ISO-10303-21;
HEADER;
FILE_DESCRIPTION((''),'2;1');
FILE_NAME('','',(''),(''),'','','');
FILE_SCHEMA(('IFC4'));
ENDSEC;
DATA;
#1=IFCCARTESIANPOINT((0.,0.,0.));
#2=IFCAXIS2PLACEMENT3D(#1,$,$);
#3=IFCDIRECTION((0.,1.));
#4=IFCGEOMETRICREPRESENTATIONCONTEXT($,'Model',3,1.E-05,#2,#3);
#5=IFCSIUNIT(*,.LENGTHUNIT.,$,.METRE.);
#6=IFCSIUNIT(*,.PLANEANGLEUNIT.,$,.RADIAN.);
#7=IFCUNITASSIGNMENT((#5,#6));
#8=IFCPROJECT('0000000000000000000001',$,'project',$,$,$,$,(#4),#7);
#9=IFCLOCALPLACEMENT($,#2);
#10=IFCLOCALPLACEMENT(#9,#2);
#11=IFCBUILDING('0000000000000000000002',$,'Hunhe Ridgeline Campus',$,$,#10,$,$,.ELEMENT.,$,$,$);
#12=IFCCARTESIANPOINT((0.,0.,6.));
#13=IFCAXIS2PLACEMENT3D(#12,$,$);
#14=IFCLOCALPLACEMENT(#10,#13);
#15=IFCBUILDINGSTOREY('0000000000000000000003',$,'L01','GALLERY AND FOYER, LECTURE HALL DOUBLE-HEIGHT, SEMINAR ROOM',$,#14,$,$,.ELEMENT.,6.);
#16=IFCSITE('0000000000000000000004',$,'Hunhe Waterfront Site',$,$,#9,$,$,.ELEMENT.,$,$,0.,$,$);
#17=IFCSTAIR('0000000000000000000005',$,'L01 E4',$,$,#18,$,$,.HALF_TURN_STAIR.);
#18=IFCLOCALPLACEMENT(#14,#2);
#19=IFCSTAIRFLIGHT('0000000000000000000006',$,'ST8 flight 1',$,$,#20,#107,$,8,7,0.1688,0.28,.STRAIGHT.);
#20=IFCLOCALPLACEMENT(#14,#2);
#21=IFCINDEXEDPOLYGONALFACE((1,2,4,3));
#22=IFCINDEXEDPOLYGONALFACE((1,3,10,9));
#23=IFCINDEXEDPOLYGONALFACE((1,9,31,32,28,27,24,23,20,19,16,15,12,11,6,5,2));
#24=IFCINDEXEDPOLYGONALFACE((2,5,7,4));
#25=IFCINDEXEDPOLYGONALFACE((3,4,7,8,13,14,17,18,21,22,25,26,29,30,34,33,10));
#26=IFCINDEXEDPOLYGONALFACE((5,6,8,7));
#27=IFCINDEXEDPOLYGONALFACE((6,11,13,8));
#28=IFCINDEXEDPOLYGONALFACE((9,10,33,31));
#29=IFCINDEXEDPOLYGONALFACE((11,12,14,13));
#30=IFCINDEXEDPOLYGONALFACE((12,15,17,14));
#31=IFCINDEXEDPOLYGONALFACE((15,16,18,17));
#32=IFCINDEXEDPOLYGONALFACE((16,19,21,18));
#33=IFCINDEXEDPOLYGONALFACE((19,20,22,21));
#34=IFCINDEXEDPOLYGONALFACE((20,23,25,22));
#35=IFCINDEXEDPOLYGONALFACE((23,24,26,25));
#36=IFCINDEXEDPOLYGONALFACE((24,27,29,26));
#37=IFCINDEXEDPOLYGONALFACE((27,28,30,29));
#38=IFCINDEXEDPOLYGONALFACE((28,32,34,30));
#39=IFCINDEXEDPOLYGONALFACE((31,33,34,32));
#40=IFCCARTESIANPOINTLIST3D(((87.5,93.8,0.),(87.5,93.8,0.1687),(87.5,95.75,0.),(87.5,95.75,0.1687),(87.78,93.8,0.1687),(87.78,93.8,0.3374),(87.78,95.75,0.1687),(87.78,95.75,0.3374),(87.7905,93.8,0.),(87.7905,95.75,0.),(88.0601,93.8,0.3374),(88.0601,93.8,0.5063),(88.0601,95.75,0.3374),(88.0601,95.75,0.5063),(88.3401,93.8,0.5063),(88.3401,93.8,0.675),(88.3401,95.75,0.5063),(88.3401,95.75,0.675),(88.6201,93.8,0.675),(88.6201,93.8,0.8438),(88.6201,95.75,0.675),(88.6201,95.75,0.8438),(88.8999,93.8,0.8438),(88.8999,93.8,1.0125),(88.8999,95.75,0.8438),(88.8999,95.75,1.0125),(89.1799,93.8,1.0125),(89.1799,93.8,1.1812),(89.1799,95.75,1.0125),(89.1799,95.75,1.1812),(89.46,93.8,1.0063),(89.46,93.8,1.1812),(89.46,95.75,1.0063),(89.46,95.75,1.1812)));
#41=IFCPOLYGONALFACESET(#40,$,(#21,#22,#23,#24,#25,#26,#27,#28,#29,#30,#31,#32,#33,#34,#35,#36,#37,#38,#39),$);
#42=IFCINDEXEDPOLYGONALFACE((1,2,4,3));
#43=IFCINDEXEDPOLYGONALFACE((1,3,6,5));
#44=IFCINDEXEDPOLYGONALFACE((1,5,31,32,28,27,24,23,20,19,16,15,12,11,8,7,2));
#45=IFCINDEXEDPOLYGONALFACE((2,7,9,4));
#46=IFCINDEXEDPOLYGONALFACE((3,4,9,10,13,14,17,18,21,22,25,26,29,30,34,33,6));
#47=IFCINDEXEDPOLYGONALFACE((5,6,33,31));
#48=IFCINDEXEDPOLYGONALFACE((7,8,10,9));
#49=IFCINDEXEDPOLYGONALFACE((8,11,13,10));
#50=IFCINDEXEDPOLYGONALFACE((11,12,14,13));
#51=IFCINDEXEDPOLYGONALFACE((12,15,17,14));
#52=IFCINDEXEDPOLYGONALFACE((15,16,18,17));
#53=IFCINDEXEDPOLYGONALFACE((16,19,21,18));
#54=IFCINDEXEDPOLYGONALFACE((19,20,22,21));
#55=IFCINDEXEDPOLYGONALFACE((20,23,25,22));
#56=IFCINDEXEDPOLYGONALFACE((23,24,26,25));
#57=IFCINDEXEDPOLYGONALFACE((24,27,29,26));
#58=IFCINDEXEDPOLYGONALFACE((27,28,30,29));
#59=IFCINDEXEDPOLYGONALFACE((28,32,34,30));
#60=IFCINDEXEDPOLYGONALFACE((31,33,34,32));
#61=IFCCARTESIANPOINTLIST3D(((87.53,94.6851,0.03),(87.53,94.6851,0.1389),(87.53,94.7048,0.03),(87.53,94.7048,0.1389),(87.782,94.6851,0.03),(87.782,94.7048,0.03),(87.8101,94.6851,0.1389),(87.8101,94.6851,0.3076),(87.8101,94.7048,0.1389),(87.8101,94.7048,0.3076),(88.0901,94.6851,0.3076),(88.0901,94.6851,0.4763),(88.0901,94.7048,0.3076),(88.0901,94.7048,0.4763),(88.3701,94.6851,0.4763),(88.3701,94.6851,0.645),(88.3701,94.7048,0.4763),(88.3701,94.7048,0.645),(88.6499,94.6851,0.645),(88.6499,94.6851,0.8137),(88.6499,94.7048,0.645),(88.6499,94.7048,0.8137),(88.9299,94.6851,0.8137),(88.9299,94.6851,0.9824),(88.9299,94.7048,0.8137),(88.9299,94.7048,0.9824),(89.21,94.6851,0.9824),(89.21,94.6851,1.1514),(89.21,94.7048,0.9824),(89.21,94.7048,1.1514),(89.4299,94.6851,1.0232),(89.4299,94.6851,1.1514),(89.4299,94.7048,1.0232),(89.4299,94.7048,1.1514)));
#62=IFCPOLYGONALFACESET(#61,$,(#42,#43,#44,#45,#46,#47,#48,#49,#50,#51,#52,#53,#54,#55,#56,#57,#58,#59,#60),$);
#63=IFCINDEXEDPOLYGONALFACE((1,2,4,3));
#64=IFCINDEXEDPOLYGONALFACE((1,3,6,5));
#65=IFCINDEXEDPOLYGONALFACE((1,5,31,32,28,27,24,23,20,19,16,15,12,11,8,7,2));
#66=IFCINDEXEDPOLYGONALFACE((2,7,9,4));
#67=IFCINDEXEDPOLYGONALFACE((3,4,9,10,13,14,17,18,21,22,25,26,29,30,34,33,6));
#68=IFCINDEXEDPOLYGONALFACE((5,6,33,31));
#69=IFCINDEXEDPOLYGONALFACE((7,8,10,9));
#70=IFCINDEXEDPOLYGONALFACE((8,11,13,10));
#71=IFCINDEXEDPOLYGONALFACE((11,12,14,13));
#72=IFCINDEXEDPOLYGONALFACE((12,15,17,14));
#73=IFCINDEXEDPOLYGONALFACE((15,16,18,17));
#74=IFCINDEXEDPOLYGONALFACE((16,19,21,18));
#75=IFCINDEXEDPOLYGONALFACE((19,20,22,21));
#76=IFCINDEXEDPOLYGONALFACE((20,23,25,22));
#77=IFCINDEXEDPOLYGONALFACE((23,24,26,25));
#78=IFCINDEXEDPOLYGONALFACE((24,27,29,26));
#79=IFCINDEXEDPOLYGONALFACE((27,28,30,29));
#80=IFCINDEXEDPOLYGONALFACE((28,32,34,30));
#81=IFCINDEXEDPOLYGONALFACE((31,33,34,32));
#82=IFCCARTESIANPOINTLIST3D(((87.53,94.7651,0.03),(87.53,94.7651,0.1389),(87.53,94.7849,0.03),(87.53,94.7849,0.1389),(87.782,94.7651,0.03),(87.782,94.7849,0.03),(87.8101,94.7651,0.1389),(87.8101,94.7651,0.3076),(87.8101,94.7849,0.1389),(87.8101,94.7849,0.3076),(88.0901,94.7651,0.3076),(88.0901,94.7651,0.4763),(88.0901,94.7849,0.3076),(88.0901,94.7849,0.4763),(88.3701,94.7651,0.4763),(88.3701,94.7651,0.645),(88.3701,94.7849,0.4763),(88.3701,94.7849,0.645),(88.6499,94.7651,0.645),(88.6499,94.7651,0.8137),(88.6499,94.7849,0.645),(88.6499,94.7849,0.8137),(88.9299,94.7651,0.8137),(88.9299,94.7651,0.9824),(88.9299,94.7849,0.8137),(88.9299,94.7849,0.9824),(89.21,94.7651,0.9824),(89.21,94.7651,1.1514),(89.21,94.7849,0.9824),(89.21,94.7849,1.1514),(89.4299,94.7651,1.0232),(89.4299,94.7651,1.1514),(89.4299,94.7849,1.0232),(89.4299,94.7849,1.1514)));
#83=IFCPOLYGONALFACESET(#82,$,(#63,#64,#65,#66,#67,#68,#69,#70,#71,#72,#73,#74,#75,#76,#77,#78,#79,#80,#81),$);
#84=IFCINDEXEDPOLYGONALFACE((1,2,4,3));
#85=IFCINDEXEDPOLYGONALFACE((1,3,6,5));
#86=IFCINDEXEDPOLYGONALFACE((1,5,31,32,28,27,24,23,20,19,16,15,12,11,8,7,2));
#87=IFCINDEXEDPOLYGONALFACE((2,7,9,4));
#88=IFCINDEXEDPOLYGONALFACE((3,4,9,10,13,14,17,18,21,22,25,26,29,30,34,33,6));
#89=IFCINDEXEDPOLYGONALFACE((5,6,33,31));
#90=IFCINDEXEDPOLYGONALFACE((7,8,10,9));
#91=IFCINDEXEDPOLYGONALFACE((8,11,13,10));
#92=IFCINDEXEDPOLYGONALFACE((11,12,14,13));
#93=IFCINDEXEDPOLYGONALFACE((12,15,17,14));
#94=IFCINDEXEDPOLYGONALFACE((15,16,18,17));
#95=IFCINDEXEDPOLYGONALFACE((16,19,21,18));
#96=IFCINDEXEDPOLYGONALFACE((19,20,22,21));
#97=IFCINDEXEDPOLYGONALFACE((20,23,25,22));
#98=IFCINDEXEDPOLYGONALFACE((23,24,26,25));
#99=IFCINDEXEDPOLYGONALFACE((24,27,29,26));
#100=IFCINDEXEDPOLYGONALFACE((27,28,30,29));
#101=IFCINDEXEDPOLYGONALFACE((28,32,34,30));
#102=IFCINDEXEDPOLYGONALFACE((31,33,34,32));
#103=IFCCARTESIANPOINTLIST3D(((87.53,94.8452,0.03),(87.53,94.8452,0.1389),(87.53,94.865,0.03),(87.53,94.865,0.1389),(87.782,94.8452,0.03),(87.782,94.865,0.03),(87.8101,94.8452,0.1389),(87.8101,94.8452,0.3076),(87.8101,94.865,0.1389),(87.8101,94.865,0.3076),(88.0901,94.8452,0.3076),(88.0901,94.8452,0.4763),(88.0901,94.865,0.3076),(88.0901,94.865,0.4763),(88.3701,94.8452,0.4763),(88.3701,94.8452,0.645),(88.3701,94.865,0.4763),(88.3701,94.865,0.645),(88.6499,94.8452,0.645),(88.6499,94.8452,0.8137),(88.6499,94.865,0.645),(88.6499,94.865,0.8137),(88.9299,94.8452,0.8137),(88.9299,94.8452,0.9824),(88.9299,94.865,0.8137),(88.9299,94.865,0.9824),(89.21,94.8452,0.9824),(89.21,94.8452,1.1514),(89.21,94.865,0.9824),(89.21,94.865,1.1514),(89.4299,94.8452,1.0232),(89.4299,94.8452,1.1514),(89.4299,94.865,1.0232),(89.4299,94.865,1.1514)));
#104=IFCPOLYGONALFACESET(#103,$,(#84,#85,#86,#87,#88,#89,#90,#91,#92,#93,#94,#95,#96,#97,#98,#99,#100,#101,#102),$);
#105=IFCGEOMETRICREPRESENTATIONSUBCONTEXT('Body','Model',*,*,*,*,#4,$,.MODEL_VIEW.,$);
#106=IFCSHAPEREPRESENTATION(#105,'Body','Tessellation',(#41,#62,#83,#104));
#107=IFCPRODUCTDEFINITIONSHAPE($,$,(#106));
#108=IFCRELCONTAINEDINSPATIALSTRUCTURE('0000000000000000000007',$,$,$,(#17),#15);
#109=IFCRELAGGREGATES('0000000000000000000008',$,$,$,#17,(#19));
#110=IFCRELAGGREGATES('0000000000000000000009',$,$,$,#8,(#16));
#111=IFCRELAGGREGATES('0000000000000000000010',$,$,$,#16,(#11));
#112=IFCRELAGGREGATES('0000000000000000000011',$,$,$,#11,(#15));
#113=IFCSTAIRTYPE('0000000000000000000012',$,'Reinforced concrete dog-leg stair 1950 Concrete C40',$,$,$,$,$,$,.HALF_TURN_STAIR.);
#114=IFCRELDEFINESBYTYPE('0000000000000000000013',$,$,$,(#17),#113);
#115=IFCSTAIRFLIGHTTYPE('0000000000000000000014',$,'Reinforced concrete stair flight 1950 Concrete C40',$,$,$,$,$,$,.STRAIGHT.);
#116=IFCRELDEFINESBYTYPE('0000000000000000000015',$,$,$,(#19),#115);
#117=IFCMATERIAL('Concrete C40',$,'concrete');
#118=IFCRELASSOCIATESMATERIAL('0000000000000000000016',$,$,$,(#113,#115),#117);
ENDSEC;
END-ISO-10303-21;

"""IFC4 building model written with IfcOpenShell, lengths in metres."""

from ifc_helpers import new_model, si_unit, direction, frame, origin, place, context, subcontext, project, spatial, polyline, outline, extrude, material, type_object, element, aggregate, save


model = new_model("IFC4")

# Units and contexts
model_context = context("Model", 3, precision=1e-05, world=origin(), true_north=direction((0.0, 1.0)))
body_context = subcontext(model_context, "Body", "Model", "MODEL_VIEW")
ifc_project = project(units=[si_unit("LENGTHUNIT", "METRE"), si_unit("PLANEANGLEUNIT", "RADIAN")], contexts=[model_context])

# Site, building, storey
site_placement = place(None, origin())
site = spatial("IfcSite", under=ifc_project, at=site_placement, Name="Hunhe Waterfront Site", CompositionType="ELEMENT", RefElevation=0.0)
building_placement = place(site_placement, origin())
building = spatial("IfcBuilding", under=site, at=building_placement, Name="Hunhe Ridgeline Campus", CompositionType="ELEMENT")
storey_placement = place(building_placement, frame((0.0, 0.0, 6.0)))
storey = spatial("IfcBuildingStorey", under=building, at=storey_placement, Name="L01", Description="GALLERY AND FOYER, LECTURE HALL DOUBLE-HEIGHT, SEMINAR ROOM", CompositionType="ELEMENT", Elevation=6.0)

# Stair, stair flight
ifc_material_1 = material(Name="Concrete C40", Category="concrete")
stair_type = type_object("IfcStairType", Name="Reinforced concrete dog-leg stair 1950 Concrete C40", PredefinedType="HALF_TURN_STAIR", material=ifc_material_1)
stair_flight_type = type_object("IfcStairFlightType", Name="Reinforced concrete stair flight 1950 Concrete C40", PredefinedType="STRAIGHT", material=ifc_material_1)
stair_1_placement = place(storey_placement, origin())
stair_1 = element("IfcStair", 1, at=stair_1_placement, inside=storey, type_object=stair_type, Name="L01 E4", PredefinedType="HALF_TURN_STAIR")
stair_flight_1_placement = place(storey_placement, frame((87.5, 94.7749, 0.0), z_axis=(0.0, 0.0, 1.0), x_axis=(1.0, 0.0, 0.0)))
stair_flight_1 = element("IfcStairFlight", 2, at=stair_flight_1_placement, type_object=stair_flight_type, Name="ST8 flight 1", NumberOfRisers=8, NumberOfTreads=7, PredefinedType="STRAIGHT", RiserHeight=0.1688, TreadLength=0.28, context=body_context, shape_type="SweptSolid", body=[
    extrude(outline(polyline([(0.0, 0.0), (0.0, 0.1687), (0.28, 0.1687), (0.28, 0.3374), (0.5601, 0.3374), (0.5601, 0.5063), (0.8401, 0.5063), (0.8401, 0.675), (1.1201, 0.675), (1.1201, 0.8438), (1.3999, 0.8438), (1.3999, 1.0125), (1.6799, 1.0125), (1.6799, 1.1812), (1.96, 1.1812), (1.96, 1.3501), (1.96, 1.0063), (0.2905, 0.0), (0.0, 0.0)])), frame((0.0, 0.9751, 0.0), z_axis=(0.0, -1.0, 0.0), x_axis=(1.0, 0.0, 0.0)), (0.0, 0.0, 1.0), 1.95),
    extrude(outline(polyline([(0.03, 0.03), (0.03, 0.1389), (0.3101, 0.1389), (0.3101, 0.3076), (0.5901, 0.3076), (0.5901, 0.4763), (0.8701, 0.4763), (0.8701, 0.645), (1.1499, 0.645), (1.1499, 0.8137), (1.4299, 0.8137), (1.4299, 0.9824), (1.71, 0.9824), (1.71, 1.1514), (1.9299, 1.1514), (1.9299, 1.0232), (0.282, 0.03), (0.03, 0.03)])), frame((0.0, -0.0701, 0.0), z_axis=(0.0, -1.0, 0.0), x_axis=(1.0, 0.0, 0.0)), (0.0, 0.0, 1.0), 0.0198),
    extrude(outline(polyline([(0.03, 0.03), (0.03, 0.1389), (0.3101, 0.1389), (0.3101, 0.3076), (0.5901, 0.3076), (0.5901, 0.4763), (0.8701, 0.4763), (0.8701, 0.645), (1.1499, 0.645), (1.1499, 0.8137), (1.4299, 0.8137), (1.4299, 0.9824), (1.71, 0.9824), (1.71, 1.1514), (1.9299, 1.1514), (1.9299, 1.0232), (0.282, 0.03), (0.03, 0.03)])), frame((0.0, 0.01, 0.0), z_axis=(0.0, -1.0, 0.0), x_axis=(1.0, 0.0, 0.0)), (0.0, 0.0, 1.0), 0.0198),
    extrude(outline(polyline([(0.03, 0.03), (0.03, 0.1389), (0.3101, 0.1389), (0.3101, 0.3076), (0.5901, 0.3076), (0.5901, 0.4763), (0.8701, 0.4763), (0.8701, 0.645), (1.1499, 0.645), (1.1499, 0.8137), (1.4299, 0.8137), (1.4299, 0.9824), (1.71, 0.9824), (1.71, 1.1514), (1.9299, 1.1514), (1.9299, 1.0232), (0.282, 0.03), (0.03, 0.03)])), frame((0.0, 0.0901, 0.0), z_axis=(0.0, -1.0, 0.0), x_axis=(1.0, 0.0, 0.0)), (0.0, 0.0, 1.0), 0.0198),
])
aggregate(stair_1, [stair_flight_1])

save(model, "model.ifc")
